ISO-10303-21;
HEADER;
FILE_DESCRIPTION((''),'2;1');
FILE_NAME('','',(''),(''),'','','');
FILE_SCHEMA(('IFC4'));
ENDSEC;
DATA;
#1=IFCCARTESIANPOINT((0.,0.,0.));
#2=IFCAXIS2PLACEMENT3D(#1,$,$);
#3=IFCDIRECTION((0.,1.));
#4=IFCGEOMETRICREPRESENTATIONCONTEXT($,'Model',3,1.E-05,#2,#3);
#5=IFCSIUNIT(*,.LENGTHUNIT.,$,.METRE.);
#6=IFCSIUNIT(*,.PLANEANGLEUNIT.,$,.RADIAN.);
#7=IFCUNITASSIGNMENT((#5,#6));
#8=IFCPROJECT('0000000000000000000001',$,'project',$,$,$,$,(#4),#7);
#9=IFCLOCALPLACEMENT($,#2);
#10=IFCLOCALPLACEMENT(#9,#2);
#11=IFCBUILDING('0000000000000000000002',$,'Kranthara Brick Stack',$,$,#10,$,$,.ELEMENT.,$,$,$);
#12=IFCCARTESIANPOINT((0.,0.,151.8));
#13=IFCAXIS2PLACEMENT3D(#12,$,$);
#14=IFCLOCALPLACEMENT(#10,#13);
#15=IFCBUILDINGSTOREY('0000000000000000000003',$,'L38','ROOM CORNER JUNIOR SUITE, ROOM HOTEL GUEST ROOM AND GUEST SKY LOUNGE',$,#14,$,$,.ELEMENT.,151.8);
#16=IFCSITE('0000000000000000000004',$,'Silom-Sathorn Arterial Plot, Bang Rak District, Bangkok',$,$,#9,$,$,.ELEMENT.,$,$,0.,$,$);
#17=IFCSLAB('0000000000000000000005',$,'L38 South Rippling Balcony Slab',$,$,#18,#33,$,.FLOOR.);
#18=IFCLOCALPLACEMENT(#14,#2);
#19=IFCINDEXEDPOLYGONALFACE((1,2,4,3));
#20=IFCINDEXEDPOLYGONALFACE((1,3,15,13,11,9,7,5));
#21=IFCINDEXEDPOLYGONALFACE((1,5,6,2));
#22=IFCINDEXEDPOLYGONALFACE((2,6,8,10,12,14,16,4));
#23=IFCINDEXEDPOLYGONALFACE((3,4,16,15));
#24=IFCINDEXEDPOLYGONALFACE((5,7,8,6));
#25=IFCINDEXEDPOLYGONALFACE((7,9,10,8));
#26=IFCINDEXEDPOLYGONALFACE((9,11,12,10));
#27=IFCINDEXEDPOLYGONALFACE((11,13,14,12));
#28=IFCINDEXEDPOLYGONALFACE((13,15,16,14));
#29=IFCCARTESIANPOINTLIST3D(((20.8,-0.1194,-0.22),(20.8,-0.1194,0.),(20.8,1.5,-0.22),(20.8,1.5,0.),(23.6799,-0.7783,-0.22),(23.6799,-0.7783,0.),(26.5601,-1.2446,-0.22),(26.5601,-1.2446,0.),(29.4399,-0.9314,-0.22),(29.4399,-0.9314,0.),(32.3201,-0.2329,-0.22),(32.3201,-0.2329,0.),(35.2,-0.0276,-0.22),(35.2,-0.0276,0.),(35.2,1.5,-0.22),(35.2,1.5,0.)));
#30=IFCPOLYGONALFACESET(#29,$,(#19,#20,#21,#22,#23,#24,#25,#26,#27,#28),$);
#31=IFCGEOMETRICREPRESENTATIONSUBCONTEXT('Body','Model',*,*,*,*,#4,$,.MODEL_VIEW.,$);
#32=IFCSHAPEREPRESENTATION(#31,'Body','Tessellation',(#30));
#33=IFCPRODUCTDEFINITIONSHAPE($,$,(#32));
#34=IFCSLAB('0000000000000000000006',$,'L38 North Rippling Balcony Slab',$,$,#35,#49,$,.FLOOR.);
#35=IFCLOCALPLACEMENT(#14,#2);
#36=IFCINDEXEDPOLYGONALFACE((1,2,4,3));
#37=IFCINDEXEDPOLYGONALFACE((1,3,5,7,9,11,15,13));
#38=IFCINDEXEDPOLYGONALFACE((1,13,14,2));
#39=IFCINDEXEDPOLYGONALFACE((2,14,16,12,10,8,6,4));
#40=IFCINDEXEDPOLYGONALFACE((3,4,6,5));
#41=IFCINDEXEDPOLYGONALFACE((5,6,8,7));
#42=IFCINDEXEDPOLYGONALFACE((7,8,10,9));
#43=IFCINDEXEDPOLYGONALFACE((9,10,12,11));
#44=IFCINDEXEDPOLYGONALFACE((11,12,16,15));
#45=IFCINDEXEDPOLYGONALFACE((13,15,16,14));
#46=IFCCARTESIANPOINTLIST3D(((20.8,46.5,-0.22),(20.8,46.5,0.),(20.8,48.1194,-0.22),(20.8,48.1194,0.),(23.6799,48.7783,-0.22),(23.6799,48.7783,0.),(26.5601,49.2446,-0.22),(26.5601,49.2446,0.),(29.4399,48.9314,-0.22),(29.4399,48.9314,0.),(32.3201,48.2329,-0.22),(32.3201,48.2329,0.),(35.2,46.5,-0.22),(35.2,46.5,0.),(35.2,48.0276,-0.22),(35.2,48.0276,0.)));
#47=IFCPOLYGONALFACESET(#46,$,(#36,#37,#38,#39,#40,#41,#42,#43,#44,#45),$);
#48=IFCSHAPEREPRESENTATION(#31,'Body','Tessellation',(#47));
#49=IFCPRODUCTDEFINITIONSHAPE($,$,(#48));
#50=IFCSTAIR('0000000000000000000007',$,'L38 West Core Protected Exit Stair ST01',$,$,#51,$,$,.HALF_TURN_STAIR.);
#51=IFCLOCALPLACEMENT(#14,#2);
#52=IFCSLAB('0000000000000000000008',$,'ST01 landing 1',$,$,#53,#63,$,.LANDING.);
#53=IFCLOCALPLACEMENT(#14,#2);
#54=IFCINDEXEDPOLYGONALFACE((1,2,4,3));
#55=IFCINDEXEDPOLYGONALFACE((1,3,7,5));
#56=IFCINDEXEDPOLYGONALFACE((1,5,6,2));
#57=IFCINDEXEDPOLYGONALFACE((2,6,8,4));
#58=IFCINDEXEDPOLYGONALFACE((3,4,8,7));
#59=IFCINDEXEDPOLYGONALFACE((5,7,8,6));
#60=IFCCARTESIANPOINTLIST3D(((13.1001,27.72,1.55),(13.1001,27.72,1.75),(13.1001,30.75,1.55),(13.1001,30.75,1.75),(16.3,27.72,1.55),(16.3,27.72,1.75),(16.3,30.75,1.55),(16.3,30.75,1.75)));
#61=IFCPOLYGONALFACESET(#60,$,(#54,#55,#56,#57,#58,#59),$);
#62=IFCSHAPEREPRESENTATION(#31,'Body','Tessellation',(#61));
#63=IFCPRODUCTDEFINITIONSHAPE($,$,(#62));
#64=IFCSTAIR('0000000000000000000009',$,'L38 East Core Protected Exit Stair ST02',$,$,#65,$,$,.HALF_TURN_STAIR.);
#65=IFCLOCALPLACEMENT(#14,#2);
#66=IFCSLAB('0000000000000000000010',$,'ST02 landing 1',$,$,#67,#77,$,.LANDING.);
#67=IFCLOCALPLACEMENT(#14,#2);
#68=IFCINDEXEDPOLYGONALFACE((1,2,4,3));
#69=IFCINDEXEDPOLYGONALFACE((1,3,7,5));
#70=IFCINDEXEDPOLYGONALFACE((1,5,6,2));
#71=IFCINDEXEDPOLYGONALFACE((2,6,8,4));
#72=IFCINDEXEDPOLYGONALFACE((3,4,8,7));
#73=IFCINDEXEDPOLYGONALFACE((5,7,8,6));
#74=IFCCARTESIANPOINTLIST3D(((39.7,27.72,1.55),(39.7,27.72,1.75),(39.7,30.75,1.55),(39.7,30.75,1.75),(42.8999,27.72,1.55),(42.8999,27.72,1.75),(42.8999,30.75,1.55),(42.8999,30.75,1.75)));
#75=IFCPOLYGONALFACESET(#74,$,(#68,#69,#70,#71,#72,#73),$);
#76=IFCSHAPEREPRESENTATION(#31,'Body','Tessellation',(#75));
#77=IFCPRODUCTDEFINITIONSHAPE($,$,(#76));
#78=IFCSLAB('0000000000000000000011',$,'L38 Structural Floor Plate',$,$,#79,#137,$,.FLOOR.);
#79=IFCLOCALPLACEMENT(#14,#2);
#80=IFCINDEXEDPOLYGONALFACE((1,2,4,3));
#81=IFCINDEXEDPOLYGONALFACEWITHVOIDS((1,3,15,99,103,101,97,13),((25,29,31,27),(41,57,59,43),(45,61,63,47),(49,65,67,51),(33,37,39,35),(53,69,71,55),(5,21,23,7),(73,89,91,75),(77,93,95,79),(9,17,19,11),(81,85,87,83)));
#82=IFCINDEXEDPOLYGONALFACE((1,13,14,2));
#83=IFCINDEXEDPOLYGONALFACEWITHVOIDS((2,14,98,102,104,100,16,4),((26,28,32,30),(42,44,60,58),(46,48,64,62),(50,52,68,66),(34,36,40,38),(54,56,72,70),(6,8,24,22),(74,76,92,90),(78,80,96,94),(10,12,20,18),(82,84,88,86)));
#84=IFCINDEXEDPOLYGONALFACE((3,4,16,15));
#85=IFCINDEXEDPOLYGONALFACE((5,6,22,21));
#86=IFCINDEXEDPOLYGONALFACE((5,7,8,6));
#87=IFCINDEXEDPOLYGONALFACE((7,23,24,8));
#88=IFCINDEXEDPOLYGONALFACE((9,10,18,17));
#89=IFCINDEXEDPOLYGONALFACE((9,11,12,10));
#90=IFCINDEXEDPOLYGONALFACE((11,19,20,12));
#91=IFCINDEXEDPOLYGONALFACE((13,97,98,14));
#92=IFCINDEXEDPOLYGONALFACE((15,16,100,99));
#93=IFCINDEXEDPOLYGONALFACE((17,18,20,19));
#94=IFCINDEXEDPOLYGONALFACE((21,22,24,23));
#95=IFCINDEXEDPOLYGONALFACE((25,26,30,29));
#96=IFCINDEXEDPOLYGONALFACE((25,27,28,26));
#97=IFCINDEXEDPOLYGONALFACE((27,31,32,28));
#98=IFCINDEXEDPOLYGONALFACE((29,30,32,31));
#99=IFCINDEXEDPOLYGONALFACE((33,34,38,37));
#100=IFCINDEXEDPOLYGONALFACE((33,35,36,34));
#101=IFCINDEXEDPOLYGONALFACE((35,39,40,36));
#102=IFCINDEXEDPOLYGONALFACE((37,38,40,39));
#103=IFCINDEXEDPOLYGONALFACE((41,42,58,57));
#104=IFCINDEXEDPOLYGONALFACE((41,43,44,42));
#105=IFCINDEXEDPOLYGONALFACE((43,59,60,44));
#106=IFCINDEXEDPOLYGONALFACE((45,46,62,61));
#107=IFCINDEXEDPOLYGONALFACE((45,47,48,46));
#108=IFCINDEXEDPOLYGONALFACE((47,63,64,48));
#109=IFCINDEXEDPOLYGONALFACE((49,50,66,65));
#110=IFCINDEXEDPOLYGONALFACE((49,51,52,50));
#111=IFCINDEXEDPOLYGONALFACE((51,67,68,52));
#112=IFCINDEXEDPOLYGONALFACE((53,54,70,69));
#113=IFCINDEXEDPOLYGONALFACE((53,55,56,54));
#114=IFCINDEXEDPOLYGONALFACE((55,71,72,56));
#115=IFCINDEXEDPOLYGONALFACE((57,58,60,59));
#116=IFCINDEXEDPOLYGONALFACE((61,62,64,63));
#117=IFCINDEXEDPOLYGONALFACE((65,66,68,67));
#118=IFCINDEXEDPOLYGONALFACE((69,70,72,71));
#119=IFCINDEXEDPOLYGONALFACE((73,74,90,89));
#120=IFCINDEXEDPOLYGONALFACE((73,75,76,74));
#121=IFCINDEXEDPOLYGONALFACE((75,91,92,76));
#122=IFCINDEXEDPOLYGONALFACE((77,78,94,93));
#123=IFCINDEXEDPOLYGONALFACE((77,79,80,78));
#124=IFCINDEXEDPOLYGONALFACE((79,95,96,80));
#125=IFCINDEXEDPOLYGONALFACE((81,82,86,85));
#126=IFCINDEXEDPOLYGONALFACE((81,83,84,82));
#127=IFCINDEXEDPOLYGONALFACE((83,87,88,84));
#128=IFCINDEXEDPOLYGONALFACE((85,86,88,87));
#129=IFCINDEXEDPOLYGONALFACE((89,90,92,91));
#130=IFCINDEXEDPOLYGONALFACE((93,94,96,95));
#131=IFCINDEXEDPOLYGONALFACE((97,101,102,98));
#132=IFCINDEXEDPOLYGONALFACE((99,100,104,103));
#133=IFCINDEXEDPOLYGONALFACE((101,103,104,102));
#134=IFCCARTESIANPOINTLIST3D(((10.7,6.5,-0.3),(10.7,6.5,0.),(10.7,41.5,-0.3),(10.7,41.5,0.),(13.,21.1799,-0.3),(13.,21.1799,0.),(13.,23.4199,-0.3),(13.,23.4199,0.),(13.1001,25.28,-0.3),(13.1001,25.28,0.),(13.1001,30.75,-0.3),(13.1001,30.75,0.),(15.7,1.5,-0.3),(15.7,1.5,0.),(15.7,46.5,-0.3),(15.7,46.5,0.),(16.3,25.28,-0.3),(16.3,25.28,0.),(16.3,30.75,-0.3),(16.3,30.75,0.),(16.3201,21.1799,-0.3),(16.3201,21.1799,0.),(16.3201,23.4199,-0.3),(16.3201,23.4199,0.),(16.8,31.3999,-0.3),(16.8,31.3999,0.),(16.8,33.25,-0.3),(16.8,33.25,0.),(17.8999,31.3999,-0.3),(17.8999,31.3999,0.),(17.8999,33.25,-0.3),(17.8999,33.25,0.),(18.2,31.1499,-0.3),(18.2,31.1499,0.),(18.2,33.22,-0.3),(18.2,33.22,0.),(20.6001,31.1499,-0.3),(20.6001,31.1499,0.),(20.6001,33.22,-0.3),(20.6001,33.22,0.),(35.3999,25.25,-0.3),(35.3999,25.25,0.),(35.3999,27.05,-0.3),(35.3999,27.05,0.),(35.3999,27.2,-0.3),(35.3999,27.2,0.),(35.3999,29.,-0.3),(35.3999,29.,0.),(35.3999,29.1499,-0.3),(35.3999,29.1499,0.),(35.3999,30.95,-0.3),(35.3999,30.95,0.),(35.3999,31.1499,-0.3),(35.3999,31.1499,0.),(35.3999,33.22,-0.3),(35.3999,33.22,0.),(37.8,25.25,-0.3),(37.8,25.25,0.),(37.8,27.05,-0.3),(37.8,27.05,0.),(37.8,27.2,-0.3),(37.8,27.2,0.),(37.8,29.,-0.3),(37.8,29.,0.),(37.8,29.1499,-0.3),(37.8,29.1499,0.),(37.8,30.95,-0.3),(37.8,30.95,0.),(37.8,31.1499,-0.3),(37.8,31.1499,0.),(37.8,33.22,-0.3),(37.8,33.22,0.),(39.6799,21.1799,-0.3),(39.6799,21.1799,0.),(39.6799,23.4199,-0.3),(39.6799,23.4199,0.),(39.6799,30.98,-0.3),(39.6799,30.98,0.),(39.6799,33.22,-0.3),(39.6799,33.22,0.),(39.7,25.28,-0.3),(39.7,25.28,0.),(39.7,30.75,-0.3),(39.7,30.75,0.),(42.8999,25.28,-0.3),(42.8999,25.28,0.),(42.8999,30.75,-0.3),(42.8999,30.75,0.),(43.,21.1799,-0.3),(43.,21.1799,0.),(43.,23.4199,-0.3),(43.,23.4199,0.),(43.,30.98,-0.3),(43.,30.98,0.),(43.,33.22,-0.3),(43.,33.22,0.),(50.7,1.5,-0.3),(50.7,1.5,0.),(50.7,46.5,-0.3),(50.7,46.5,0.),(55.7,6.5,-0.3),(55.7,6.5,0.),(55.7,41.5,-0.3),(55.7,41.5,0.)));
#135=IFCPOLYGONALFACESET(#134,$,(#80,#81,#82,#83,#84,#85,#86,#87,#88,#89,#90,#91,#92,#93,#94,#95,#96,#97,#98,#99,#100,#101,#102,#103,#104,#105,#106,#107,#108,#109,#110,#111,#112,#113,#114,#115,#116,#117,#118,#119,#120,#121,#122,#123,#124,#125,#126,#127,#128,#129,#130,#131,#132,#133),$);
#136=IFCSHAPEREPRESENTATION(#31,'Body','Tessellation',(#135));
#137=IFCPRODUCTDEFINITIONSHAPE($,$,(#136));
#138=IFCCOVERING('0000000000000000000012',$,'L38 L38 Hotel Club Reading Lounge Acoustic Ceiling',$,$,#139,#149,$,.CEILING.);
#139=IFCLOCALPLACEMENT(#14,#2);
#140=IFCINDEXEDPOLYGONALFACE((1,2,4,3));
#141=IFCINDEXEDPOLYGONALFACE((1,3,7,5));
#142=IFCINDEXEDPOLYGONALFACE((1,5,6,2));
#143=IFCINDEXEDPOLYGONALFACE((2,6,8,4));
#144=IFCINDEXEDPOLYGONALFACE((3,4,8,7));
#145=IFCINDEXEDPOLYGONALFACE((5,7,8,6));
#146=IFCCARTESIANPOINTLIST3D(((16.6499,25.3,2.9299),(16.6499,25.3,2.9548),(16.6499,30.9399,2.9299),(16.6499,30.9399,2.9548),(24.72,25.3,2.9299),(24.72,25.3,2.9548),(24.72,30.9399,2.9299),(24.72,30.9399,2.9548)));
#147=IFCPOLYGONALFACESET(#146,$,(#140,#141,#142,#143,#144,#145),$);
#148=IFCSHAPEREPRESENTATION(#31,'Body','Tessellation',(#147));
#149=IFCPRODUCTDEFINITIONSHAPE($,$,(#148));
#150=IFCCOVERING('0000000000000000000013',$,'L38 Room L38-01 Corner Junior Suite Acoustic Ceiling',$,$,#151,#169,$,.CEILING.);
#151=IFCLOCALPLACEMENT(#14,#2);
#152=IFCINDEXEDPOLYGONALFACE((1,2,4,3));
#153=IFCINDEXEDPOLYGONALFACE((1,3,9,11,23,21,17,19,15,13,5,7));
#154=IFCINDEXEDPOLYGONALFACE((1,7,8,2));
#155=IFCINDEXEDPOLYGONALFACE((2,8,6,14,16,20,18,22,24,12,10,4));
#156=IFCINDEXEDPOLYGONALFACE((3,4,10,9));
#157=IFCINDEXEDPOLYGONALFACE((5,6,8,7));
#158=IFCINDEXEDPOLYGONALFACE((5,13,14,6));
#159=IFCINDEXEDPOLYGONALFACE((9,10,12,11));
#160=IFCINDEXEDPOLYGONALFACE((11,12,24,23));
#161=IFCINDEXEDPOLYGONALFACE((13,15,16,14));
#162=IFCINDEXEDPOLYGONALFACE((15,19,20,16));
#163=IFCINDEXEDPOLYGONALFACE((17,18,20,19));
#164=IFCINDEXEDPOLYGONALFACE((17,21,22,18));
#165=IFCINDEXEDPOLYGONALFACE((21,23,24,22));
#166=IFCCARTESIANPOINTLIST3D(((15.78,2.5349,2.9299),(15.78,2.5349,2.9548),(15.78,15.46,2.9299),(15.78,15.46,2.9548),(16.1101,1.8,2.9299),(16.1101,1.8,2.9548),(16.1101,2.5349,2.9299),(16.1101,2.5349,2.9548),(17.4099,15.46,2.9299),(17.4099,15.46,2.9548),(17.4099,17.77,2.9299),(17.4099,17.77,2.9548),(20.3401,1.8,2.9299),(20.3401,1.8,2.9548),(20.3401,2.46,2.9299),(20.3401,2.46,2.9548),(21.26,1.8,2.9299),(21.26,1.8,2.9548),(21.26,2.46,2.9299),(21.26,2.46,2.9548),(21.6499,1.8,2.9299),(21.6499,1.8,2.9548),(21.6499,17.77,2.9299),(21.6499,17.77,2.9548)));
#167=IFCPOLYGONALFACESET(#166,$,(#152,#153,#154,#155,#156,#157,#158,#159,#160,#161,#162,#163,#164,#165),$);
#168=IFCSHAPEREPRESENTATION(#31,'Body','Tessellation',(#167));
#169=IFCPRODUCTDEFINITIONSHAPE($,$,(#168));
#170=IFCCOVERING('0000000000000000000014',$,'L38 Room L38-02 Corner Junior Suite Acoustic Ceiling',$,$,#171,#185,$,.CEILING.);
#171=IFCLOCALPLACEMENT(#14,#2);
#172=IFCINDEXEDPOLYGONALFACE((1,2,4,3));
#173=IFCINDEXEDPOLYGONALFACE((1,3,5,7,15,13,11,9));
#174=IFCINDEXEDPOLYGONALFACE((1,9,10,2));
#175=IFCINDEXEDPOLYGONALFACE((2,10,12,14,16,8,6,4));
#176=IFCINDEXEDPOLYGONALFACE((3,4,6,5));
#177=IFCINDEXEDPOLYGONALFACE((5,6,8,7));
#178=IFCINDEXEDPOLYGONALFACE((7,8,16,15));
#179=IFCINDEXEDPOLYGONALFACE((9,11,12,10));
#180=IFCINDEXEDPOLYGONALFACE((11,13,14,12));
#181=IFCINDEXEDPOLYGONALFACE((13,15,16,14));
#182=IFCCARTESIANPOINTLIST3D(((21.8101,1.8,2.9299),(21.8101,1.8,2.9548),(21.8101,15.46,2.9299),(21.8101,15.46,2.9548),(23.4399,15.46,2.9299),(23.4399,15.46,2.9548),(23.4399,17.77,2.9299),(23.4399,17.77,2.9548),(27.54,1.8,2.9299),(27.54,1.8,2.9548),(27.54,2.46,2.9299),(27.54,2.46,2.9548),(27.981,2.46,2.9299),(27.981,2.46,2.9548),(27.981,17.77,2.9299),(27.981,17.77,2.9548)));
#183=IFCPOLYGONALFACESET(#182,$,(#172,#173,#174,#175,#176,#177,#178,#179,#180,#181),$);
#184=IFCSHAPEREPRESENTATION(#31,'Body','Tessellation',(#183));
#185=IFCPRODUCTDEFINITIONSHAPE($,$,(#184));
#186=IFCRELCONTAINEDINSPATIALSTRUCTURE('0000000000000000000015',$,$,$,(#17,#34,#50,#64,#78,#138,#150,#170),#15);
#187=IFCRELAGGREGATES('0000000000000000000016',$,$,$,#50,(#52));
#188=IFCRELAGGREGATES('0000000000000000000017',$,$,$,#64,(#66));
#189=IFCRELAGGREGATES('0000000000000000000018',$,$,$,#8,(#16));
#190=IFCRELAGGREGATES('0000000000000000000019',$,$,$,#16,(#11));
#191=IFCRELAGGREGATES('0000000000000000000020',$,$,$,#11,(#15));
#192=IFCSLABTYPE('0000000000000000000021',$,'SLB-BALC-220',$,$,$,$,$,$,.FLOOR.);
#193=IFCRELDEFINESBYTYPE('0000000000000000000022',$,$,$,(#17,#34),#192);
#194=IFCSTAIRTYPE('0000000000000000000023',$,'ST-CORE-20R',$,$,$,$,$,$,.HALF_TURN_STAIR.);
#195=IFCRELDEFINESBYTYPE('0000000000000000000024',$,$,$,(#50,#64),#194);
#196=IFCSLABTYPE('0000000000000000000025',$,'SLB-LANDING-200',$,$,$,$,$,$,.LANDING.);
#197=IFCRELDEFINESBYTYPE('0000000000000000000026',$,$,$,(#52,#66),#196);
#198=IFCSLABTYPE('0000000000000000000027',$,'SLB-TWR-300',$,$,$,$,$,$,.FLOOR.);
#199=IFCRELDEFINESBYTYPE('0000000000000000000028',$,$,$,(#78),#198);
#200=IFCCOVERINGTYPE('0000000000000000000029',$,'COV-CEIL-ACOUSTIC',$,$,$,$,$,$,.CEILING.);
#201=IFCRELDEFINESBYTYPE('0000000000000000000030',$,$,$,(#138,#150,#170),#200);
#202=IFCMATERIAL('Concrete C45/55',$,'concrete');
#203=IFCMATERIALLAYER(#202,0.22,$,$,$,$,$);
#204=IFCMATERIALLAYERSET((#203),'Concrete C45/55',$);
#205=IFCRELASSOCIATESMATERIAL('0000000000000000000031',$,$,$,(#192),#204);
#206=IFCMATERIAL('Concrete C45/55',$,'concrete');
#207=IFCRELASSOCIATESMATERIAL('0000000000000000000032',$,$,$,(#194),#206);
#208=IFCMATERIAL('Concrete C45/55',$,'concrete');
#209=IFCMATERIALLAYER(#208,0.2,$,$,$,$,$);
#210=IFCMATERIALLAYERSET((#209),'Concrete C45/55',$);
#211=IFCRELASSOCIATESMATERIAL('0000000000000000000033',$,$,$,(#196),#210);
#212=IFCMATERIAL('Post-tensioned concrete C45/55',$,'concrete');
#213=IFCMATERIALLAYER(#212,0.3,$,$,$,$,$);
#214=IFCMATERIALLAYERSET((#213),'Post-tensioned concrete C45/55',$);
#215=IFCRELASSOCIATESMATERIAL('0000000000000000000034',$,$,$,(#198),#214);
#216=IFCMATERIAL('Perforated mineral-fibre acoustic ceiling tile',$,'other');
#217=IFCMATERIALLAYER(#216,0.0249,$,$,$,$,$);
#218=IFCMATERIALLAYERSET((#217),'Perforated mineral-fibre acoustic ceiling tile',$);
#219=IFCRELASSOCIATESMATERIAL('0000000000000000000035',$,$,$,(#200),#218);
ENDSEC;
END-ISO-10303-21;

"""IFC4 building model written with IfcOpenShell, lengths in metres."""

from ifc_helpers import new_model, si_unit, direction, frame, origin, place, context, subcontext, project, spatial, polyline, outline, extrude, material, layer, layer_set, type_object, element, aggregate, save


model = new_model("IFC4")

# Units and contexts
model_context = context("Model", 3, precision=1e-05, world=origin(), true_north=direction((0.0, 1.0)))
body_context = subcontext(model_context, "Body", "Model", "MODEL_VIEW")
ifc_project = project(units=[si_unit("LENGTHUNIT", "METRE"), si_unit("PLANEANGLEUNIT", "RADIAN")], contexts=[model_context])

# Site, building, storey
site_placement = place(None, origin())
site = spatial("IfcSite", under=ifc_project, at=site_placement, Name="Silom-Sathorn Arterial Plot, Bang Rak District, Bangkok", CompositionType="ELEMENT", RefElevation=0.0)
building_placement = place(site_placement, origin())
building = spatial("IfcBuilding", under=site, at=building_placement, Name="Kranthara Brick Stack", CompositionType="ELEMENT")
storey_placement = place(building_placement, frame((0.0, 0.0, 151.8)))
storey = spatial("IfcBuildingStorey", under=building, at=storey_placement, Name="L38", Description="ROOM CORNER JUNIOR SUITE, ROOM HOTEL GUEST ROOM AND GUEST SKY LOUNGE", CompositionType="ELEMENT", Elevation=151.8)

# Slabs
ifc_material_1 = material(Name="Concrete C45/55", Category="concrete")
ifc_layer_1 = layer(ifc_material_1, 0.22)
ifc_layer_set_1 = layer_set([ifc_layer_1], Name="Concrete C45/55")
slab_type_1 = type_object("IfcSlabType", Name="SLB-BALC-220", PredefinedType="FLOOR", material=ifc_layer_set_1)
slab_1_placement = place(storey_placement, frame((0.0, 0.0, -0.22)))
element("IfcSlab", 1, at=slab_1_placement, inside=storey, type_object=slab_type_1, Name="L38 South Rippling Balcony Slab", PredefinedType="FLOOR", context=body_context, shape_type="SweptSolid", body=[
    extrude(outline(polyline([(20.8, 1.5), (35.2, 1.5), (35.2, -0.0276), (32.3201, -0.2329), (29.4399, -0.9314), (26.5601, -1.2446), (23.6799, -0.7783), (20.8, -0.1194), (20.8, 1.5)])), origin(), (0.0, 0.0, 1.0), 0.22),
])
slab_2_placement = place(storey_placement, frame((0.0, 0.0, -0.22)))
element("IfcSlab", 2, at=slab_2_placement, inside=storey, type_object=slab_type_1, Name="L38 North Rippling Balcony Slab", PredefinedType="FLOOR", context=body_context, shape_type="SweptSolid", body=[
    extrude(outline(polyline([(35.2, 46.5), (20.8, 46.5), (20.8, 48.1194), (23.6799, 48.7783), (26.5601, 49.2446), (29.4399, 48.9314), (32.3201, 48.2329), (35.2, 48.0276), (35.2, 46.5)])), origin(), (0.0, 0.0, 1.0), 0.22),
])

# Stairs, slabs
ifc_material_2 = material(Name="Concrete C45/55", Category="concrete")
stair_type = type_object("IfcStairType", Name="ST-CORE-20R", PredefinedType="HALF_TURN_STAIR", material=ifc_material_2)
stair_1_placement = place(storey_placement, origin())
stair_1 = element("IfcStair", 3, at=stair_1_placement, inside=storey, type_object=stair_type, Name="L38 West Core Protected Exit Stair ST01", PredefinedType="HALF_TURN_STAIR")
ifc_material_3 = material(Name="Concrete C45/55", Category="concrete")
ifc_layer_2 = layer(ifc_material_3, 0.2)
ifc_layer_set_2 = layer_set([ifc_layer_2], Name="Concrete C45/55")
slab_type_2 = type_object("IfcSlabType", Name="SLB-LANDING-200", PredefinedType="LANDING", material=ifc_layer_set_2)
slab_3_placement = place(storey_placement, frame((0.0, 0.0, 1.55)))
slab_3 = element("IfcSlab", 4, at=slab_3_placement, type_object=slab_type_2, Name="ST01 landing 1", PredefinedType="LANDING", context=body_context, shape_type="SweptSolid", body=[
    extrude(outline(polyline([(16.3, 27.72), (16.3, 30.75), (13.1001, 30.75), (13.1001, 27.72), (16.3, 27.72)])), origin(), (0.0, 0.0, 1.0), 0.2),
])
aggregate(stair_1, [slab_3])
stair_2_placement = place(storey_placement, origin())
stair_2 = element("IfcStair", 5, at=stair_2_placement, inside=storey, type_object=stair_type, Name="L38 East Core Protected Exit Stair ST02", PredefinedType="HALF_TURN_STAIR")
slab_4_placement = place(storey_placement, frame((0.0, 0.0, 1.55)))
slab_4 = element("IfcSlab", 6, at=slab_4_placement, type_object=slab_type_2, Name="ST02 landing 1", PredefinedType="LANDING", context=body_context, shape_type="SweptSolid", body=[
    extrude(outline(polyline([(42.8999, 27.72), (42.8999, 30.75), (39.7, 30.75), (39.7, 27.72), (42.8999, 27.72)])), origin(), (0.0, 0.0, 1.0), 0.2),
])
aggregate(stair_2, [slab_4])

# Slab
ifc_material_4 = material(Name="Post-tensioned concrete C45/55", Category="concrete")
ifc_layer_3 = layer(ifc_material_4, 0.3)
ifc_layer_set_3 = layer_set([ifc_layer_3], Name="Post-tensioned concrete C45/55")
slab_type_3 = type_object("IfcSlabType", Name="SLB-TWR-300", PredefinedType="FLOOR", material=ifc_layer_set_3)
slab_5_placement = place(storey_placement, frame((0.0, 0.0, -0.3)))
element("IfcSlab", 7, at=slab_5_placement, inside=storey, type_object=slab_type_3, Name="L38 Structural Floor Plate", PredefinedType="FLOOR", context=body_context, shape_type="SweptSolid", body=[
    extrude(outline(polyline([(15.7, 1.5), (50.7, 1.5), (55.7, 6.5), (55.7, 41.5), (50.7, 46.5), (15.7, 46.5), (10.7, 41.5), (10.7, 6.5), (15.7, 1.5)]), holes=[polyline([(13.1001, 25.28), (16.3, 25.28), (16.3, 30.75), (13.1001, 30.75), (13.1001, 25.28)]), polyline([(39.7, 25.28), (42.8999, 25.28), (42.8999, 30.75), (39.7, 30.75), (39.7, 25.28)]), polyline([(13.0, 21.1799), (16.3201, 21.1799), (16.3201, 23.4199), (13.0, 23.4199), (13.0, 21.1799)]), polyline([(39.6799, 21.1799), (43.0, 21.1799), (43.0, 23.4199), (39.6799, 23.4199), (39.6799, 21.1799)]), polyline([(39.6799, 30.98), (43.0, 30.98), (43.0, 33.22), (39.6799, 33.22), (39.6799, 30.98)]), polyline([(35.3999, 25.25), (37.8, 25.25), (37.8, 27.05), (35.3999, 27.05), (35.3999, 25.25)]), polyline([(35.3999, 27.2), (37.8, 27.2), (37.8, 29.0), (35.3999, 29.0), (35.3999, 27.2)]), polyline([(35.3999, 29.1499), (37.8, 29.1499), (37.8, 30.95), (35.3999, 30.95), (35.3999, 29.1499)]), polyline([(18.2, 31.1499), (20.6001, 31.1499), (20.6001, 33.22), (18.2, 33.22), (18.2, 31.1499)]), polyline([(35.3999, 31.1499), (37.8, 31.1499), (37.8, 33.22), (35.3999, 33.22), (35.3999, 31.1499)]), polyline([(16.8, 31.3999), (17.8999, 31.3999), (17.8999, 33.25), (16.8, 33.25), (16.8, 31.3999)])]), origin(), (0.0, 0.0, 1.0), 0.3),
])

# Coverings
ifc_material_5 = material(Name="Perforated mineral-fibre acoustic ceiling tile", Category="other")
ifc_layer_4 = layer(ifc_material_5, 0.0249)
ifc_layer_set_4 = layer_set([ifc_layer_4], Name="Perforated mineral-fibre acoustic ceiling tile")
covering_type_1 = type_object("IfcCoveringType", Name="COV-CEIL-ACOUSTIC", PredefinedType="CEILING", material=ifc_layer_set_4)
covering_1_placement = place(storey_placement, frame((0.0, 0.0, 2.9299)))
element("IfcCovering", 8, at=covering_1_placement, inside=storey, type_object=covering_type_1, Name="L38 L38 Hotel Club Reading Lounge Acoustic Ceiling", PredefinedType="CEILING", context=body_context, shape_type="SweptSolid", body=[
    extrude(outline(polyline([(24.72, 25.3), (24.72, 30.9399), (16.6499, 30.9399), (16.6499, 25.3), (24.72, 25.3)])), origin(), (0.0, 0.0, 1.0), 0.0249),
])
covering_2_placement = place(storey_placement, frame((0.0, 0.0, 2.9299)))
element("IfcCovering", 9, at=covering_2_placement, inside=storey, type_object=covering_type_1, Name="L38 Room L38-01 Corner Junior Suite Acoustic Ceiling", PredefinedType="CEILING", context=body_context, shape_type="SweptSolid", body=[
    extrude(outline(polyline([(17.4099, 15.46), (17.4099, 17.77), (21.6499, 17.77), (21.6499, 1.8), (21.26, 1.8), (21.26, 2.46), (20.3401, 2.46), (20.3401, 1.8), (16.1101, 1.8), (16.1101, 2.5349), (15.78, 2.5349), (15.78, 15.46), (17.4099, 15.46)])), origin(), (0.0, 0.0, 1.0), 0.0249),
])
covering_3_placement = place(storey_placement, frame((0.0, 0.0, 2.9299)))
element("IfcCovering", 10, at=covering_3_placement, inside=storey, type_object=covering_type_1, Name="L38 Room L38-02 Corner Junior Suite Acoustic Ceiling", PredefinedType="CEILING", context=body_context, shape_type="SweptSolid", body=[
    extrude(outline(polyline([(21.8101, 1.8), (21.8101, 15.46), (23.4399, 15.46), (23.4399, 17.77), (27.981, 17.77), (27.981, 2.46), (27.54, 2.46), (27.54, 1.8), (21.8101, 1.8)])), origin(), (0.0, 0.0, 1.0), 0.0249),
])

save(model, "model.ifc")
